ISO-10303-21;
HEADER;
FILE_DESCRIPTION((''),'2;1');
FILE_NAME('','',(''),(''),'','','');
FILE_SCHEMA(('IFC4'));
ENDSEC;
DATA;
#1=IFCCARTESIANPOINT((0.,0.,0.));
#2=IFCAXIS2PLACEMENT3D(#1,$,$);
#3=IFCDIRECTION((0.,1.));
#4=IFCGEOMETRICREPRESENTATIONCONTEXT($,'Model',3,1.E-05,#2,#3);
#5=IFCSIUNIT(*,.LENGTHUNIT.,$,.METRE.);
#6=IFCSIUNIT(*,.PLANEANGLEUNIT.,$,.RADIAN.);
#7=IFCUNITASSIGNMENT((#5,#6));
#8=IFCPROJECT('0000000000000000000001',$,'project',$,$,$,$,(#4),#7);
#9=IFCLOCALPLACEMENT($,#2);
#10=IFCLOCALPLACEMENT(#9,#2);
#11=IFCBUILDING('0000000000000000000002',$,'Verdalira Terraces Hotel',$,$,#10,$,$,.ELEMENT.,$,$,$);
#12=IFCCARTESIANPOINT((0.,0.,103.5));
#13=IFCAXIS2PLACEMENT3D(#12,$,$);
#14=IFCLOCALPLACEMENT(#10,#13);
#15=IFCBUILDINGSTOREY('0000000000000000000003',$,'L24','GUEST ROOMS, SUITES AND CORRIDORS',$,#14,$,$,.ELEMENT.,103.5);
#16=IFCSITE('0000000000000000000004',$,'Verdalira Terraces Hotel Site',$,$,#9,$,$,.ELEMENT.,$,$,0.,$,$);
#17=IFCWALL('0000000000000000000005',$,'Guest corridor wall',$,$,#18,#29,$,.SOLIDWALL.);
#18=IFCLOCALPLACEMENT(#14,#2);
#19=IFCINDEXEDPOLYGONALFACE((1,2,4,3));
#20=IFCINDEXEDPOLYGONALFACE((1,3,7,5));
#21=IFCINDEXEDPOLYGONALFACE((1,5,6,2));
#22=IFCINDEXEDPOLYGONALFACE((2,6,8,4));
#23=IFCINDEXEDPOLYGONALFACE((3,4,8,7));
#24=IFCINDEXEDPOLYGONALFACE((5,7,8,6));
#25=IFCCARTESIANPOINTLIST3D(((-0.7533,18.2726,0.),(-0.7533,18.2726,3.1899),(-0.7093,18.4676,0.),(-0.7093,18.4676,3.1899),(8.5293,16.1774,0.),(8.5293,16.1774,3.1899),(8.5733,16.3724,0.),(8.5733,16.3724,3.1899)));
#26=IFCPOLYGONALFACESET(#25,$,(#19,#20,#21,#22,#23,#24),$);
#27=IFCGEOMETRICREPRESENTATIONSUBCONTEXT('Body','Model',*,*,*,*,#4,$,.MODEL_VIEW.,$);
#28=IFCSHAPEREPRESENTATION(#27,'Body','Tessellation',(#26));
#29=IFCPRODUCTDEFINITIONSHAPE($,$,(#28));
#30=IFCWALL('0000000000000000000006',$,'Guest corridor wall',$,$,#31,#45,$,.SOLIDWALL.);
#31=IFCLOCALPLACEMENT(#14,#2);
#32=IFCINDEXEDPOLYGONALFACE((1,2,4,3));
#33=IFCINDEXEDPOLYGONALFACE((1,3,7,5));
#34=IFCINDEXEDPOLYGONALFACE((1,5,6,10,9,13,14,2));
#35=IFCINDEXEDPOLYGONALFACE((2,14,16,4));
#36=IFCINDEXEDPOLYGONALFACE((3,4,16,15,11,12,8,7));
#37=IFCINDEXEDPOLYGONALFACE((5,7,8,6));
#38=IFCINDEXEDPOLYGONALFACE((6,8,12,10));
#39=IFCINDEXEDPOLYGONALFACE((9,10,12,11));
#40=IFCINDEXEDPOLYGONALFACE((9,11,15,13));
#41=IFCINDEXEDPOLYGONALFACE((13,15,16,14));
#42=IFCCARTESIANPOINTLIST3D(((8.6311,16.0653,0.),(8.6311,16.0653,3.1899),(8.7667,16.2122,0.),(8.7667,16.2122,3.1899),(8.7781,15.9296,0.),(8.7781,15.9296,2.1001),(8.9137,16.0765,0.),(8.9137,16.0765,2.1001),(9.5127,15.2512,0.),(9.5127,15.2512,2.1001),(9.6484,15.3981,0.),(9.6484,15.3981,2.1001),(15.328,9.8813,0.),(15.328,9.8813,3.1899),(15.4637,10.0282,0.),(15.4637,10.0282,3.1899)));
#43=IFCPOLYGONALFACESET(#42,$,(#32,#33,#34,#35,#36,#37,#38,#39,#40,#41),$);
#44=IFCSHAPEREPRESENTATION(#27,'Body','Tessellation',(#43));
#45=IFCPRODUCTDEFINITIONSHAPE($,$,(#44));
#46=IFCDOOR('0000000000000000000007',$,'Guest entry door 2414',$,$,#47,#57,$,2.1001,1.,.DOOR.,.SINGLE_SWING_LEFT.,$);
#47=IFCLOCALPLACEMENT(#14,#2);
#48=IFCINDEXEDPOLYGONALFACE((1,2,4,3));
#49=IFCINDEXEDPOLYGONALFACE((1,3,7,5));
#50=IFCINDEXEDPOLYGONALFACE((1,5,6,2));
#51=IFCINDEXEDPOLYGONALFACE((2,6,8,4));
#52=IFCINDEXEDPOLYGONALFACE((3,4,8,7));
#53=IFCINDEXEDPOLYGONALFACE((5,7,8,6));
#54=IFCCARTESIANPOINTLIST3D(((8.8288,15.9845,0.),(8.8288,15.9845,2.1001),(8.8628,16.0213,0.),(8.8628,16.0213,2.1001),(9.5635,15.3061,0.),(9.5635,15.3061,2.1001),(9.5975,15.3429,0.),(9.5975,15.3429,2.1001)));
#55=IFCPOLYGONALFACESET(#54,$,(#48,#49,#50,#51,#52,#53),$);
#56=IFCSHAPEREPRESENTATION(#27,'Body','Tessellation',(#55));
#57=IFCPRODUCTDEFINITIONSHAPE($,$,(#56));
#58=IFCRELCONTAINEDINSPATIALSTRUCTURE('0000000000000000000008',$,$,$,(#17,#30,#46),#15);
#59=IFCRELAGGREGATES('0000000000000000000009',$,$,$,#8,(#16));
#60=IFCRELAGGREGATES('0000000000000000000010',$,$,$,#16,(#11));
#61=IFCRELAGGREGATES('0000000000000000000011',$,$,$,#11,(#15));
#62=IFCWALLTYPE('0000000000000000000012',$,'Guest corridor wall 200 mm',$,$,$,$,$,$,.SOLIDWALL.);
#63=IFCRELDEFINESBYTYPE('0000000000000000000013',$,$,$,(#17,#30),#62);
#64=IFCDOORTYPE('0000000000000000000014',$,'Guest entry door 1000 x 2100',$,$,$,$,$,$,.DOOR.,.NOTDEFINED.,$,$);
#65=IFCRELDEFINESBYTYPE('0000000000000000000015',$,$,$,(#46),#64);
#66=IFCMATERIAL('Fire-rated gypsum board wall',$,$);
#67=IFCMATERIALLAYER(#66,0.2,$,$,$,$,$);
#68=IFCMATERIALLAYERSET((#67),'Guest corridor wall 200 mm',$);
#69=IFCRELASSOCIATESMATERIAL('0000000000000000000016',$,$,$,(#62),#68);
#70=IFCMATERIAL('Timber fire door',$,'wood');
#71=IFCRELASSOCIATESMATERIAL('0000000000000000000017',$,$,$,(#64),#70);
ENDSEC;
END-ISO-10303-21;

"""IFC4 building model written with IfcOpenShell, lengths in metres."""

from ifc_helpers import new_model, si_unit, direction, frame, frame_2d, origin, place, context, subcontext, project, spatial, rectangle, extrude, material, layer, layer_set, type_object, element, fill, save


model = new_model("IFC4")

# Units and contexts
model_context = context("Model", 3, precision=1e-05, world=origin(), true_north=direction((0.0, 1.0)))
body_context = subcontext(model_context, "Body", "Model", "MODEL_VIEW")
ifc_project = project(units=[si_unit("LENGTHUNIT", "METRE"), si_unit("PLANEANGLEUNIT", "RADIAN")], contexts=[model_context])

# Site, building, storey
site_placement = place(None, origin())
site = spatial("IfcSite", under=ifc_project, at=site_placement, Name="Verdalira Terraces Hotel Site", CompositionType="ELEMENT", RefElevation=0.0)
building_placement = place(site_placement, origin())
building = spatial("IfcBuilding", under=site, at=building_placement, Name="Verdalira Terraces Hotel", CompositionType="ELEMENT")
storey_placement = place(building_placement, frame((0.0, 0.0, 103.5)))
storey = spatial("IfcBuildingStorey", under=building, at=storey_placement, Name="L24", Description="GUEST ROOMS, SUITES AND CORRIDORS", CompositionType="ELEMENT", Elevation=103.5)

# Wall
ifc_material_1 = material(Name="Fire-rated gypsum board wall")
ifc_layer_1 = layer(ifc_material_1, 0.2)
ifc_layer_set_1 = layer_set([ifc_layer_1], Name="Guest corridor wall 200 mm")
wall_type_1 = type_object("IfcWallType", Name="Guest corridor wall 200 mm", PredefinedType="SOLIDWALL", material=ifc_layer_set_1)
wall_1_placement = place(storey_placement, frame((8.5513, 16.2749, 0.0), z_axis=(0.0, 0.0, 1.0), x_axis=(-0.975461, 0.220173, 0.0)))
element("IfcWall", 1, at=wall_1_placement, inside=storey, type_object=wall_type_1, Name="Guest corridor wall", PredefinedType="SOLIDWALL", context=body_context, shape_type="SweptSolid", body=[
    extrude(rectangle(XDim=9.5161, YDim=0.2, at=frame_2d((4.7581, 0.0))), origin(), (0.0, 0.0, 1.0), 3.1899),
])

# Wall, opening, door
wall_2_placement = place(storey_placement, frame((8.699, 16.1387, 0.0), z_axis=(0.0, 0.0, 1.0), x_axis=(0.734682, -0.678411, 0.0)))
wall_2 = element("IfcWall", 2, at=wall_2_placement, inside=storey, type_object=wall_type_1, Name="Guest corridor wall", PredefinedType="SOLIDWALL", context=body_context, shape_type="SweptSolid", body=[
    extrude(rectangle(XDim=9.1155, YDim=0.2, at=frame_2d((4.5576, 0.0))), origin(), (0.0, 0.0, 1.0), 3.1899),
])
opening_placement = place(wall_2_placement, frame((0.2, 0.0, 0.0)))
opening = element("IfcOpeningElement", 3, at=opening_placement, cuts=wall_2, PredefinedType="OPENING", context=body_context, shape_type="SweptSolid", body=[
    extrude(rectangle(XDim=1.0, YDim=2.1001, at=frame_2d((0.5, 1.05))), frame((0.0, 0.1099, 0.0), z_axis=(0.0, -1.0, 0.0), x_axis=(1.0, 0.0, 0.0)), (0.0, 0.0, 1.0), 0.22),
])
ifc_material_2 = material(Name="Timber fire door", Category="wood")
door_type = type_object("IfcDoorType", Name="Guest entry door 1000 x 2100", OperationType="NOTDEFINED", PredefinedType="DOOR", material=ifc_material_2)
door_placement = place(opening_placement, origin())
door = element("IfcDoor", 4, at=door_placement, inside=storey, type_object=door_type, Name="Guest entry door 2414", OperationType="SINGLE_SWING_LEFT", OverallHeight=2.1001, OverallWidth=1.0, PredefinedType="DOOR", context=body_context, shape_type="SweptSolid", body=[
    extrude(rectangle(XDim=1.0, YDim=2.1001, at=frame_2d((0.5, 1.05))), frame((0.0, 0.0249, 0.0), z_axis=(0.0, -1.0, 0.0), x_axis=(1.0, 0.0, 0.0)), (0.0, 0.0, 1.0), 0.05),
])
fill(opening, door)

save(model, "model.ifc")
